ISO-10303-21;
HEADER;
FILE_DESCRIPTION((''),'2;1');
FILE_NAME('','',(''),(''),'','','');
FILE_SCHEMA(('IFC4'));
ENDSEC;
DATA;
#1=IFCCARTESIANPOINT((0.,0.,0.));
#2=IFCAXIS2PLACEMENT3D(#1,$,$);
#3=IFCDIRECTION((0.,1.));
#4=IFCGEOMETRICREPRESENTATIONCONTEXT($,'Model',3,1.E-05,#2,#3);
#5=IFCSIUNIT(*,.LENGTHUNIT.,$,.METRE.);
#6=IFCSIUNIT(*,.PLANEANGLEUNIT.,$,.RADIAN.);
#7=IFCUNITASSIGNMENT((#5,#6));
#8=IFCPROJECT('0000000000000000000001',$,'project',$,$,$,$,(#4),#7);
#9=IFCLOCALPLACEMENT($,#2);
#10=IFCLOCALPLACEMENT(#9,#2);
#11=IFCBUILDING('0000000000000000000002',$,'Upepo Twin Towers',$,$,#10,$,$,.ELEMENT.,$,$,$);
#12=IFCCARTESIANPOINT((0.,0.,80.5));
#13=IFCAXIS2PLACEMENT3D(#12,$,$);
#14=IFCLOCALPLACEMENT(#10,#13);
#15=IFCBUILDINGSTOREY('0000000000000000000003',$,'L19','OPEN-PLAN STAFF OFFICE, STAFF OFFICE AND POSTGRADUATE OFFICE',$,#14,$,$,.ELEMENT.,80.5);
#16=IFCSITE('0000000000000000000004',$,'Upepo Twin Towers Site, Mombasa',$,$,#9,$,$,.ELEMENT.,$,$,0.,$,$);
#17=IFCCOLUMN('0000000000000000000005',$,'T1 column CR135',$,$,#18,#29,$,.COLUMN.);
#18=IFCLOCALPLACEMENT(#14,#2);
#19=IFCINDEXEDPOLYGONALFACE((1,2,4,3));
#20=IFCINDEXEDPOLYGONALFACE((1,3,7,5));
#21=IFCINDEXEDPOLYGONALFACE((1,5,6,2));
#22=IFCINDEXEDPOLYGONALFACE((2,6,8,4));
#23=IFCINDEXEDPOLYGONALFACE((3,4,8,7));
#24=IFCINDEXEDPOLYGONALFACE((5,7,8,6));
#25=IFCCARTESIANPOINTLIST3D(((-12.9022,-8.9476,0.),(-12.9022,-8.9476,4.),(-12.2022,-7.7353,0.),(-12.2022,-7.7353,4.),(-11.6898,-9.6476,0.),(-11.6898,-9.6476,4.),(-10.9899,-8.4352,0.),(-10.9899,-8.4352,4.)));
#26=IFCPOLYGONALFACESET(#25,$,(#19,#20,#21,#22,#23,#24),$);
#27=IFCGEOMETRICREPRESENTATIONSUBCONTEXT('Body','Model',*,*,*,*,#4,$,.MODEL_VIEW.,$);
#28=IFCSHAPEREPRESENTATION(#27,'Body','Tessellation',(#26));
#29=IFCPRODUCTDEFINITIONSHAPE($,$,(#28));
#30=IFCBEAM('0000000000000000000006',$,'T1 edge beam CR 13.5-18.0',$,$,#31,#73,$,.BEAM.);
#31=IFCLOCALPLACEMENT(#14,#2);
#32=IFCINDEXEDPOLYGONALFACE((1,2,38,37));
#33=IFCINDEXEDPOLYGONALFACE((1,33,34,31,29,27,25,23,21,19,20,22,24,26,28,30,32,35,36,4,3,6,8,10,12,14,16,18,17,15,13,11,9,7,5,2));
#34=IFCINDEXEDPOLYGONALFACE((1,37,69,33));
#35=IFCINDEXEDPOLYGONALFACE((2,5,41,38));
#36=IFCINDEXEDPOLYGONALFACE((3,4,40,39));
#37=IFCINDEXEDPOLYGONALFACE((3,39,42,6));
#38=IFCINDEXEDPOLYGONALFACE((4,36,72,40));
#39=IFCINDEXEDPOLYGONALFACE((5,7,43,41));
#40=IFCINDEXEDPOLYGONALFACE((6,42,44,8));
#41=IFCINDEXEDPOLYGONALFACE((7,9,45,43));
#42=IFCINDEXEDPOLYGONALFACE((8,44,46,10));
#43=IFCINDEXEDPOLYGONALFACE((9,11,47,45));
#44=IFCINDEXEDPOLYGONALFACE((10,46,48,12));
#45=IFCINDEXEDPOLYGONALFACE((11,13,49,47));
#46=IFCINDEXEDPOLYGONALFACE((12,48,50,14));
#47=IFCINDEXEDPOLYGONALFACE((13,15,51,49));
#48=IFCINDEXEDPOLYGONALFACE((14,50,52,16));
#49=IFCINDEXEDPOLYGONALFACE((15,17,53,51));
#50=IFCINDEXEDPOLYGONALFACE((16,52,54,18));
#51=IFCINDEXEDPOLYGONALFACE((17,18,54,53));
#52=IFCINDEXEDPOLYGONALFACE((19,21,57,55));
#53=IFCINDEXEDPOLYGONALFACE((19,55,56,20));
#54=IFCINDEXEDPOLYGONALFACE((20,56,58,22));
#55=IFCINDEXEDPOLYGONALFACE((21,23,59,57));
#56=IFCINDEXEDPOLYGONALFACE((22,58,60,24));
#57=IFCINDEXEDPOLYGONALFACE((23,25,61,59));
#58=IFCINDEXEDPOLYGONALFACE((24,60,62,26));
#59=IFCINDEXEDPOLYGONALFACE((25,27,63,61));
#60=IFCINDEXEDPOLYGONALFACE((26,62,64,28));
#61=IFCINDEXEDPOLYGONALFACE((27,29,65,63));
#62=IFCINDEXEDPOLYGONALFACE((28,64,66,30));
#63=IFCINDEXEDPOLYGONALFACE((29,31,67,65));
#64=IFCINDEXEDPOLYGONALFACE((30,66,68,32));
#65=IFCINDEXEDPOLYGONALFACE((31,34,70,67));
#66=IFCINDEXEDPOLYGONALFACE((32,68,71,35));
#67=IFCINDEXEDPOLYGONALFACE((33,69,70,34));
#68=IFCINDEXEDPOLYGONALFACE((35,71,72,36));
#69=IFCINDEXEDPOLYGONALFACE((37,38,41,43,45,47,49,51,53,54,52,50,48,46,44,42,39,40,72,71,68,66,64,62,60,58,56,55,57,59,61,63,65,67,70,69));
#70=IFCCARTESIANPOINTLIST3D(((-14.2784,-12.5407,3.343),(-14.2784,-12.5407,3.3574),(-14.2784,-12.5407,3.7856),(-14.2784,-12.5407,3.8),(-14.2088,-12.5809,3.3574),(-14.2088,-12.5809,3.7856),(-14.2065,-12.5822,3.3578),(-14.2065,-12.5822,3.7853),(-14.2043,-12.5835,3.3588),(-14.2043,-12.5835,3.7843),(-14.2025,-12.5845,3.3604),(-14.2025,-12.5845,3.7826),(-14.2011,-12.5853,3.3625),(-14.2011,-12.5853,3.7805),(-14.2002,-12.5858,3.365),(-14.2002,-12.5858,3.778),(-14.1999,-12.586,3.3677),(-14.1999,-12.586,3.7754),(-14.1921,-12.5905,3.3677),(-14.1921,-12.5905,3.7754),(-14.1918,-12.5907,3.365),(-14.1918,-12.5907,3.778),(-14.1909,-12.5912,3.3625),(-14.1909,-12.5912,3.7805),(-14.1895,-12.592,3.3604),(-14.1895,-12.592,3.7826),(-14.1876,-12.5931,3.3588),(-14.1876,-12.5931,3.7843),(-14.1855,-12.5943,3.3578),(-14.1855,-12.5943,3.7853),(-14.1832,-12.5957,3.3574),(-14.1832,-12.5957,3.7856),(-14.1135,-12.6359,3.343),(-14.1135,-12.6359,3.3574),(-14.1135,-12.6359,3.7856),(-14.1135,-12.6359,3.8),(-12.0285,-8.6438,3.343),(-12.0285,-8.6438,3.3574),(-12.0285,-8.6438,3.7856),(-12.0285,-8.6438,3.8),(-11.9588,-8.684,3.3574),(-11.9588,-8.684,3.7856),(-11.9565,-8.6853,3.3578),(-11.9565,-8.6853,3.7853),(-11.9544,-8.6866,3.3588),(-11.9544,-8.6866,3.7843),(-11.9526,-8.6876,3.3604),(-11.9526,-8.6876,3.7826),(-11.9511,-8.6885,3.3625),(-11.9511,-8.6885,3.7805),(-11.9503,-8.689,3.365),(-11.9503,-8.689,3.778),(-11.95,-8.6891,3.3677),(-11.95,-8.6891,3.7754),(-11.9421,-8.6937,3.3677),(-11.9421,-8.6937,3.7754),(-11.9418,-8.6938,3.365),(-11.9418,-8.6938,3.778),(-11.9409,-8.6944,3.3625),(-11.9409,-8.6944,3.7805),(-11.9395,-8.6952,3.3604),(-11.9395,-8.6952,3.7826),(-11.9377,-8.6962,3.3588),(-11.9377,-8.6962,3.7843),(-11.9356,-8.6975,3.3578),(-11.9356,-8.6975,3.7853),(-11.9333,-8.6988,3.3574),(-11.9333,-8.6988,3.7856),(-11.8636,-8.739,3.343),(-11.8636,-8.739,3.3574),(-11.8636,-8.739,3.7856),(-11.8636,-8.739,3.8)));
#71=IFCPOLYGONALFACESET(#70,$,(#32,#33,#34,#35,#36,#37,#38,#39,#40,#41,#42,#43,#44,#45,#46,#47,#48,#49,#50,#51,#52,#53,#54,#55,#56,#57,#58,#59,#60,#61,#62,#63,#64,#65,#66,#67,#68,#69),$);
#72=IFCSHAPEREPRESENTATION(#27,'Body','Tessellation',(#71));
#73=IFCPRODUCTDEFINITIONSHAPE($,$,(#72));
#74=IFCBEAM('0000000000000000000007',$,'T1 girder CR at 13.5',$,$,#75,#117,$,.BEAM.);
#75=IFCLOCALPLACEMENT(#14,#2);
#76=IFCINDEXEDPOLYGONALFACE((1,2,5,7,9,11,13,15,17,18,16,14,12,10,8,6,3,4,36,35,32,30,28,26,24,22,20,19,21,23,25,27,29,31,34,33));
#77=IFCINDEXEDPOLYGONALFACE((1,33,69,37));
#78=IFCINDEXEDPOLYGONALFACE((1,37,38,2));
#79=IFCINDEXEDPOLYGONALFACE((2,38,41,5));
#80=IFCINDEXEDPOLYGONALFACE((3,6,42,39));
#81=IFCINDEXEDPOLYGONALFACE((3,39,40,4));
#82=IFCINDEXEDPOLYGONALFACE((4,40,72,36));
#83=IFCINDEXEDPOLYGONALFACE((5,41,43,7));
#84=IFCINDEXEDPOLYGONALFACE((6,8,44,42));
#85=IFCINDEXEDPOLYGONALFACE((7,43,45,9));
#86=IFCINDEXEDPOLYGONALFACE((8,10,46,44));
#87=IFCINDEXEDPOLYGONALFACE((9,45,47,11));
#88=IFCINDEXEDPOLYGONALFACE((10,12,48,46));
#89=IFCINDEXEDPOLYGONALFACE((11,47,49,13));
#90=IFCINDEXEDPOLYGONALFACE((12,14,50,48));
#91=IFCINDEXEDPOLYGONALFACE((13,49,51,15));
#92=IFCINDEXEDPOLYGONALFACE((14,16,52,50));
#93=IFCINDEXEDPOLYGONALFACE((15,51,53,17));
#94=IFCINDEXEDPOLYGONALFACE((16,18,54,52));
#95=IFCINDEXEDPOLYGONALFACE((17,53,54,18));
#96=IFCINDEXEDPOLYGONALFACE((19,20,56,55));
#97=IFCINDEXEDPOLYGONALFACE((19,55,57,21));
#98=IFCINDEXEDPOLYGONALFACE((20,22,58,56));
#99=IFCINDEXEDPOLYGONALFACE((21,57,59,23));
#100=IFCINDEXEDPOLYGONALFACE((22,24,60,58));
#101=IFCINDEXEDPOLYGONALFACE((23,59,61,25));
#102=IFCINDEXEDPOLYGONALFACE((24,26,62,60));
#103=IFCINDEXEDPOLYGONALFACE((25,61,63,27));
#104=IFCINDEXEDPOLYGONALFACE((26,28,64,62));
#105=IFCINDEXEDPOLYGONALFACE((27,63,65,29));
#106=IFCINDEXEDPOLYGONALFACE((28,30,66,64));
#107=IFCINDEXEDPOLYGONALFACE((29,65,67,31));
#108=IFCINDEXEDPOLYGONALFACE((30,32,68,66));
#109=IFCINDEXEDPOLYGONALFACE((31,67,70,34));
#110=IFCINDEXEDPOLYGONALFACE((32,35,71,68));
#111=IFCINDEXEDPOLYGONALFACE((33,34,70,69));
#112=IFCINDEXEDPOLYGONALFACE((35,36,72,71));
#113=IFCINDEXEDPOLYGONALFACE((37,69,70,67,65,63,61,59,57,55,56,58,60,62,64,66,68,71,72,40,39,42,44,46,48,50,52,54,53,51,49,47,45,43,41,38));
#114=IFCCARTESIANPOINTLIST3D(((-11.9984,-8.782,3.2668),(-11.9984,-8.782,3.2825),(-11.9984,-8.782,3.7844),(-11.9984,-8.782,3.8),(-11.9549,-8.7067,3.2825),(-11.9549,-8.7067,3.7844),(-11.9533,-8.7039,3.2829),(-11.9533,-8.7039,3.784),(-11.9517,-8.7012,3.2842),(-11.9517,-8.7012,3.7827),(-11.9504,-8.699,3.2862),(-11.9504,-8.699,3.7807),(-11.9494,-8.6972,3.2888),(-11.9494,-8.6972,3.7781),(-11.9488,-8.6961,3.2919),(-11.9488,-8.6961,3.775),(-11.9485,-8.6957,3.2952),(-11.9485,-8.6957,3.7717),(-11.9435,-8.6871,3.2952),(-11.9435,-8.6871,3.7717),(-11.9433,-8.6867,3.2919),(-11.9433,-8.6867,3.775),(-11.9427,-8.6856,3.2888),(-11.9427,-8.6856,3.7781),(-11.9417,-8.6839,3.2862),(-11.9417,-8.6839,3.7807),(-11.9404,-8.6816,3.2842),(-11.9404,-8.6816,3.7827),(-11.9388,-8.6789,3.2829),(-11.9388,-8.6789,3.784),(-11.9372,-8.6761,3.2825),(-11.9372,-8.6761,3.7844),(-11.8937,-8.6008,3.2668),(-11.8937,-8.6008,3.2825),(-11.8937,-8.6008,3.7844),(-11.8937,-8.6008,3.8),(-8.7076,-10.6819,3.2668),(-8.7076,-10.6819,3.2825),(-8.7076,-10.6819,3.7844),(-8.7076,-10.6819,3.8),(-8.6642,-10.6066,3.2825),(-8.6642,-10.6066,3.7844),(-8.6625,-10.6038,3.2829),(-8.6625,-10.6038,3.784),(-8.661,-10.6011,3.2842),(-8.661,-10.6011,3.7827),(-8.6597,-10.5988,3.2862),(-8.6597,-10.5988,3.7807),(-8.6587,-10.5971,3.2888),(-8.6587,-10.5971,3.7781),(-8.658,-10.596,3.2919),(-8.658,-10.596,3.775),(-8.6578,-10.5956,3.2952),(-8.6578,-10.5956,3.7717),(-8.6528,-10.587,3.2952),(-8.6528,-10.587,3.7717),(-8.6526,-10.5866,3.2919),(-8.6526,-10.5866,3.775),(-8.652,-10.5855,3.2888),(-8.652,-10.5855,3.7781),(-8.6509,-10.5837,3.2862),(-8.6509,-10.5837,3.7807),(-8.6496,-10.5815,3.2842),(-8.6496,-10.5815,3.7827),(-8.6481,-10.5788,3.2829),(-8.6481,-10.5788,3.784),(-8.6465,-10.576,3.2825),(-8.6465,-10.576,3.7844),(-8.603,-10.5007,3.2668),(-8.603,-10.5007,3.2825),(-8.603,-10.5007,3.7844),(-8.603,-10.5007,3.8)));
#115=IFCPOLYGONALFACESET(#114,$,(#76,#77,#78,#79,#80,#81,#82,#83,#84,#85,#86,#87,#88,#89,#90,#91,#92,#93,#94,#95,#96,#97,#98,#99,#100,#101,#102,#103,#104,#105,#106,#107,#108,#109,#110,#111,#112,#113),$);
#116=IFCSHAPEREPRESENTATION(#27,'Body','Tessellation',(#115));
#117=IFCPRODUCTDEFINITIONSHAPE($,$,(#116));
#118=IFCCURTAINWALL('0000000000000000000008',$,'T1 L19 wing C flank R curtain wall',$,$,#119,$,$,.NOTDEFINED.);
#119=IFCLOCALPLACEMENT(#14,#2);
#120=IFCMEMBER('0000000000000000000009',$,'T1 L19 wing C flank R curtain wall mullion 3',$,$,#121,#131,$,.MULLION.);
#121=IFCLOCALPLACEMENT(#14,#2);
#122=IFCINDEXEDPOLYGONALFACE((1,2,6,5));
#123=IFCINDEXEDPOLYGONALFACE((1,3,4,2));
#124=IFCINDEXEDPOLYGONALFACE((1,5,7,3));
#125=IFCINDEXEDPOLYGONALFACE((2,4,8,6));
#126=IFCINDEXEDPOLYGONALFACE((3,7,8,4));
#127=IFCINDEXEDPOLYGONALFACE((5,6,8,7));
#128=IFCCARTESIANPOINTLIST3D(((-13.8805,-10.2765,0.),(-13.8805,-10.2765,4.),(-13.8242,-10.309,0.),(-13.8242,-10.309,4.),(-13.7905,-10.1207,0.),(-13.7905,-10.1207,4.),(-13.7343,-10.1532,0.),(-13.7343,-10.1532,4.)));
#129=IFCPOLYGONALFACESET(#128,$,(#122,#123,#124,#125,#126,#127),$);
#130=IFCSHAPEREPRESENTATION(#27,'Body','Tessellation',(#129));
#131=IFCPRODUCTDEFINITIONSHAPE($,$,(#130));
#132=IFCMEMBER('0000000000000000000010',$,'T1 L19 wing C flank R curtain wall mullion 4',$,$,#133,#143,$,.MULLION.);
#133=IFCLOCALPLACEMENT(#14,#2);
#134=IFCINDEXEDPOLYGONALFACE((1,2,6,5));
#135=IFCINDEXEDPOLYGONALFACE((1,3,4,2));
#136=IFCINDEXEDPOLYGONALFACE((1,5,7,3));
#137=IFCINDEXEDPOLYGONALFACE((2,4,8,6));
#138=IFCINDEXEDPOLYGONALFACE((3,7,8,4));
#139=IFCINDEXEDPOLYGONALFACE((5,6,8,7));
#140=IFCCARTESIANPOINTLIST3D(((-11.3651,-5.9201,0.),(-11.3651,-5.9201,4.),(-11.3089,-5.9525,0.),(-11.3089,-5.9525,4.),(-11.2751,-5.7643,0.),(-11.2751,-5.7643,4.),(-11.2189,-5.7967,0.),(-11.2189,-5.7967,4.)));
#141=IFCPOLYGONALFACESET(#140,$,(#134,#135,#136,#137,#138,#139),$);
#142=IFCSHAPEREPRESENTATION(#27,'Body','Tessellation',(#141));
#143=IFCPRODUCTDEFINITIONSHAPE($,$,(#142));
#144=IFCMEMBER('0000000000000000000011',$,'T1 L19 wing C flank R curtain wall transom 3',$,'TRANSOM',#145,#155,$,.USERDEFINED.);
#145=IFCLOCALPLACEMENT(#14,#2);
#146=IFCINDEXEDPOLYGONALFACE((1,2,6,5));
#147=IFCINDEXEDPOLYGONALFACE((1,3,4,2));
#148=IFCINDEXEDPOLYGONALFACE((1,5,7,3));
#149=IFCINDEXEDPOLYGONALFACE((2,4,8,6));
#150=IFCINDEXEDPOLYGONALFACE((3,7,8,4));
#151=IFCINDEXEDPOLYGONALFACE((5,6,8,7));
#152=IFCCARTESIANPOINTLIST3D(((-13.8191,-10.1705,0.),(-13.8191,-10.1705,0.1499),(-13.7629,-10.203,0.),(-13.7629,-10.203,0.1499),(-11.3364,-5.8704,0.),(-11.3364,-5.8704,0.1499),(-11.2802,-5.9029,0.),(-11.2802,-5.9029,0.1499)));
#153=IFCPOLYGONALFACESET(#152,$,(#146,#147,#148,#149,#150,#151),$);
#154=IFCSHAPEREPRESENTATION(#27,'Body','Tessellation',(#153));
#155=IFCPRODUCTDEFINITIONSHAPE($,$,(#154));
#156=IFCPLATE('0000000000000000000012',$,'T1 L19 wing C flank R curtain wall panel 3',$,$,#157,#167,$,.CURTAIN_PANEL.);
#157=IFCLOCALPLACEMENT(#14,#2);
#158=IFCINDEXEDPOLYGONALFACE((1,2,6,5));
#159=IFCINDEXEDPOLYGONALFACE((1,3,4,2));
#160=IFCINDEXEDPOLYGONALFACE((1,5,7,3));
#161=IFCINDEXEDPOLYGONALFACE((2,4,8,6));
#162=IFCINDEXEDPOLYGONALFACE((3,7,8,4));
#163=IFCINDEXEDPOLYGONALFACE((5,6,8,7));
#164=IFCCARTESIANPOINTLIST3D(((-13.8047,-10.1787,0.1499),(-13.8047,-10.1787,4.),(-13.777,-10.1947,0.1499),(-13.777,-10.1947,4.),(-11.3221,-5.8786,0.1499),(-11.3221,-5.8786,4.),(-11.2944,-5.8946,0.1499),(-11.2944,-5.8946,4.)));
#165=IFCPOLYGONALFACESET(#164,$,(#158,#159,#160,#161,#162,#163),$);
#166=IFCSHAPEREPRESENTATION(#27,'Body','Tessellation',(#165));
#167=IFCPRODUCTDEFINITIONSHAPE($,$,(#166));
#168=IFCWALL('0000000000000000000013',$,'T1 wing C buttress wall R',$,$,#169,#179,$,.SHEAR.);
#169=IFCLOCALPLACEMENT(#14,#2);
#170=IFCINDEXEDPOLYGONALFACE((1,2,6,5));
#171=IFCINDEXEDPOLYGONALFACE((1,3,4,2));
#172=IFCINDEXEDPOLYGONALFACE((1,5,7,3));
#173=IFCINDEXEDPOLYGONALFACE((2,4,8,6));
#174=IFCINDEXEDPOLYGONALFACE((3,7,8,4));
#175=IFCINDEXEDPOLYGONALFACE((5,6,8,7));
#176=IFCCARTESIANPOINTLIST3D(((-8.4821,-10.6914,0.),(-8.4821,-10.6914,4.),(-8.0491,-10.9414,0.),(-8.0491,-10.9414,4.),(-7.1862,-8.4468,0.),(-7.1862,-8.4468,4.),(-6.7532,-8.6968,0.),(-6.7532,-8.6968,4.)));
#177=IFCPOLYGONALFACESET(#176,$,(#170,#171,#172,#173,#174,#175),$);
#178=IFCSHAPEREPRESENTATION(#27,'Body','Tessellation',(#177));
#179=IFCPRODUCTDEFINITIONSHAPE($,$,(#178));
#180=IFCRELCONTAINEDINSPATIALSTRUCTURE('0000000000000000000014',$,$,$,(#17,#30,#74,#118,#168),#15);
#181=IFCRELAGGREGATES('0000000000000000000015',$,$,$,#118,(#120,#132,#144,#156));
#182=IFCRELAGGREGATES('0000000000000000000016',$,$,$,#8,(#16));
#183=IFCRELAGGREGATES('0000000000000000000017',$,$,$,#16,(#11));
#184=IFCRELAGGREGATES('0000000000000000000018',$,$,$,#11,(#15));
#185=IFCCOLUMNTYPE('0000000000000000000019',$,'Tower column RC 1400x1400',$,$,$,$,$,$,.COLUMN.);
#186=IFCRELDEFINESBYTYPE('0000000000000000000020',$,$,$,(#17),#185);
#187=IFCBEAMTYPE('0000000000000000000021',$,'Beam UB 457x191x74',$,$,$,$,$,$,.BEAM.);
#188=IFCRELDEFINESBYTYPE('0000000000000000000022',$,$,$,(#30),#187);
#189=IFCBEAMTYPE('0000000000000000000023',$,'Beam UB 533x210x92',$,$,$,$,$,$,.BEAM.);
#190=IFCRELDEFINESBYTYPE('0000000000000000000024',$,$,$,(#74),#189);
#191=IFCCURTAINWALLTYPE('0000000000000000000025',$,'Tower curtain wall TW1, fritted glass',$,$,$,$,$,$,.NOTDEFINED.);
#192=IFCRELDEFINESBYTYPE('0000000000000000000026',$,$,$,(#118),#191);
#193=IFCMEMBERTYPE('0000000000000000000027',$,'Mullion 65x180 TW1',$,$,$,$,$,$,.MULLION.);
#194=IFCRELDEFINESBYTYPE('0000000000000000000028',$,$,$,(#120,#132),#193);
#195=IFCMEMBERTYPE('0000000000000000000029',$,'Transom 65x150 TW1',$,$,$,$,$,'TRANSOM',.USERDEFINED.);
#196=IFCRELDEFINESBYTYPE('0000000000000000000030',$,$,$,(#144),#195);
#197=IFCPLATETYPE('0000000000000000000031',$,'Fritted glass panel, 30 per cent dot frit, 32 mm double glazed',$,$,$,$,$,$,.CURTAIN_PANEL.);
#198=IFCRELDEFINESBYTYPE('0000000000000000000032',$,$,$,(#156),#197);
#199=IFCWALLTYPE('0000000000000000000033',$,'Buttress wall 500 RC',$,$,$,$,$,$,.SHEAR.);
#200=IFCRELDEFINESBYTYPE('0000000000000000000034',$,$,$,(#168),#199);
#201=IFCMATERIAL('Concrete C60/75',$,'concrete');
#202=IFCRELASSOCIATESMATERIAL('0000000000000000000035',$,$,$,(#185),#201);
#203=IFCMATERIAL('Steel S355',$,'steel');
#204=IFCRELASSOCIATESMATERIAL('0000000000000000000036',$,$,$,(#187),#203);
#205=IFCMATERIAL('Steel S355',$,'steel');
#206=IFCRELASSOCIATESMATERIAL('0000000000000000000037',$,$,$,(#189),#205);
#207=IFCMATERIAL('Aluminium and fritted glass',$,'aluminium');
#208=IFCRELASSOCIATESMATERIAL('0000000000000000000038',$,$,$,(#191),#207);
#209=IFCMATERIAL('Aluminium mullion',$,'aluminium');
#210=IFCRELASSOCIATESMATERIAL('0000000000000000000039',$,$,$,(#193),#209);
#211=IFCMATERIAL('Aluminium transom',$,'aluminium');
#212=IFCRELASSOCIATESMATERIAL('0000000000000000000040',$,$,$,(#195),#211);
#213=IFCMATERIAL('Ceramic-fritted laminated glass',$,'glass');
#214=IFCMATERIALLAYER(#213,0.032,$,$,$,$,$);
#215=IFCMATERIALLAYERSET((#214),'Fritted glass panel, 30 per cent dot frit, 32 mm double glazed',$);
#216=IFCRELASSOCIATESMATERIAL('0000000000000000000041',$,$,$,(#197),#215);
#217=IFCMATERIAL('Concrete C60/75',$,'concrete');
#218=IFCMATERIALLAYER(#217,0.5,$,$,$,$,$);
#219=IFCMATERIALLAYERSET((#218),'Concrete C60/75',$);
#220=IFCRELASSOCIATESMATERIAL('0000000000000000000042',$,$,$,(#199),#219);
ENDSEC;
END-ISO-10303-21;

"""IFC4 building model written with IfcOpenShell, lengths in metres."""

from ifc_helpers import new_model, si_unit, direction, frame, frame_2d, origin, origin_2d, place, context, subcontext, project, spatial, rectangle, i_section, extrude, material, layer, layer_set, material_profile, profile_set, type_object, element, aggregate, save


model = new_model("IFC4")

# Units and contexts
model_context = context("Model", 3, precision=1e-05, world=origin(), true_north=direction((0.0, 1.0)))
body_context = subcontext(model_context, "Body", "Model", "MODEL_VIEW")
ifc_project = project(units=[si_unit("LENGTHUNIT", "METRE"), si_unit("PLANEANGLEUNIT", "RADIAN")], contexts=[model_context])

# Site, building, storey
site_placement = place(None, origin())
site = spatial("IfcSite", under=ifc_project, at=site_placement, Name="Upepo Twin Towers Site, Mombasa", CompositionType="ELEMENT", RefElevation=0.0)
building_placement = place(site_placement, origin())
building = spatial("IfcBuilding", under=site, at=building_placement, Name="Upepo Twin Towers", CompositionType="ELEMENT")
storey_placement = place(building_placement, frame((0.0, 0.0, 80.5)))
storey = spatial("IfcBuildingStorey", under=building, at=storey_placement, Name="L19", Description="OPEN-PLAN STAFF OFFICE, STAFF OFFICE AND POSTGRADUATE OFFICE", CompositionType="ELEMENT", Elevation=80.5)

# Column
ifc_material_1 = material(Name="Concrete C60/75", Category="concrete")
ifc_material_profile_1 = material_profile(ifc_material_1, rectangle(XDim=1.3999, YDim=1.3999, at=origin_2d()), Name="RC 1400x1400")
ifc_profile_set_1 = profile_set([ifc_material_profile_1], Name="Concrete C60/75")
column_type = type_object("IfcColumnType", Name="Tower column RC 1400x1400", PredefinedType="COLUMN", material=ifc_profile_set_1)
column_placement = place(storey_placement, frame((-11.946, -8.6914, 0.0), z_axis=(0.0, 0.0, 1.0), x_axis=(0.5, 0.866025, 0.0)))
element("IfcColumn", 1, at=column_placement, inside=storey, type_object=column_type, Name="T1 column CR135", PredefinedType="COLUMN", context=body_context, shape_type="SweptSolid", body=[
    extrude(rectangle(XDim=1.3999, YDim=1.3999, at=origin_2d()), origin(), (0.0, 0.0, 1.0), 4.0),
])

# Beams
ifc_material_2 = material(Name="Steel S355", Category="steel")
ifc_material_profile_2 = material_profile(ifc_material_2, i_section(OverallWidth=0.1904, OverallDepth=0.457, WebThickness=0.009, FlangeThickness=0.0144, FilletRadius=0.0103, at=origin_2d()), Name="UB 457x191x74")
ifc_profile_set_2 = profile_set([ifc_material_profile_2], Name="Steel S355")
beam_type_1 = type_object("IfcBeamType", Name="Beam UB 457x191x74", PredefinedType="BEAM", material=ifc_profile_set_2)
beam_1_placement = place(storey_placement, frame((-11.946, -8.6914, 3.5715), z_axis=(-0.500014, -0.866018, 0.0), x_axis=(0.866018, -0.500014, 0.0)))
element("IfcBeam", 2, at=beam_1_placement, inside=storey, type_object=beam_type_1, Name="T1 edge beam CR 13.5-18.0", PredefinedType="BEAM", context=body_context, shape_type="SweptSolid", body=[
    extrude(i_section(OverallWidth=0.1904, OverallDepth=0.457, WebThickness=0.009, FlangeThickness=0.0144, FilletRadius=0.0103, at=origin_2d()), origin(), (0.0, 0.0, 1.0), 4.4998),
])
ifc_material_3 = material(Name="Steel S355", Category="steel")
ifc_material_profile_3 = material_profile(ifc_material_3, i_section(OverallWidth=0.2092, OverallDepth=0.5332, WebThickness=0.01, FlangeThickness=0.0156, FilletRadius=0.0127, at=origin_2d()), Name="UB 533x210x92")
ifc_profile_set_3 = profile_set([ifc_material_profile_3], Name="Steel S355")
beam_type_2 = type_object("IfcBeamType", Name="Beam UB 533x210x92", PredefinedType="BEAM", material=ifc_profile_set_3)
beam_2_placement = place(storey_placement, frame((-11.946, -8.6914, 3.5334), z_axis=(0.866028, -0.499995, 0.0), x_axis=(0.499995, 0.866028, 0.0)))
element("IfcBeam", 3, at=beam_2_placement, inside=storey, type_object=beam_type_2, Name="T1 girder CR at 13.5", PredefinedType="BEAM", context=body_context, shape_type="SweptSolid", body=[
    extrude(i_section(OverallWidth=0.2092, OverallDepth=0.5332, WebThickness=0.01, FlangeThickness=0.0156, FilletRadius=0.0127, at=origin_2d()), origin(), (0.0, 0.0, 1.0), 3.7998),
])

# Curtain wall, members, plate
ifc_material_4 = material(Name="Aluminium and fritted glass", Category="aluminium")
curtain_wall_type = type_object("IfcCurtainWallType", Name="Tower curtain wall TW1, fritted glass", PredefinedType="NOTDEFINED", material=ifc_material_4)
curtain_wall_placement = place(storey_placement, origin())
curtain_wall = element("IfcCurtainWall", 4, at=curtain_wall_placement, inside=storey, type_object=curtain_wall_type, Name="T1 L19 wing C flank R curtain wall", PredefinedType="NOTDEFINED")
ifc_material_5 = material(Name="Aluminium mullion", Category="aluminium")
ifc_material_profile_4 = material_profile(ifc_material_5, rectangle(XDim=0.0649, YDim=0.1799, at=origin_2d()), Name="MULLION 65x180")
ifc_profile_set_4 = profile_set([ifc_material_profile_4], Name="Aluminium mullion")
member_type_1 = type_object("IfcMemberType", Name="Mullion 65x180 TW1", PredefinedType="MULLION", material=ifc_profile_set_4)
member_1_placement = place(storey_placement, frame((-13.8074, -10.2148, 0.0), z_axis=(0.0, 0.0, 1.0), x_axis=(-0.866025, 0.5, 0.0)))
member_1 = element("IfcMember", 5, at=member_1_placement, type_object=member_type_1, Name="T1 L19 wing C flank R curtain wall mullion 3", PredefinedType="MULLION", context=body_context, shape_type="SweptSolid", body=[
    extrude(rectangle(XDim=0.0649, YDim=0.1799, at=origin_2d()), origin(), (0.0, 0.0, 1.0), 4.0),
])
member_2_placement = place(storey_placement, frame((-11.292, -5.8584, 0.0), z_axis=(0.0, 0.0, 1.0), x_axis=(-0.866025, 0.5, 0.0)))
member_2 = element("IfcMember", 6, at=member_2_placement, type_object=member_type_1, Name="T1 L19 wing C flank R curtain wall mullion 4", PredefinedType="MULLION", context=body_context, shape_type="SweptSolid", body=[
    extrude(rectangle(XDim=0.0649, YDim=0.1799, at=origin_2d()), origin(), (0.0, 0.0, 1.0), 4.0),
])
ifc_material_6 = material(Name="Aluminium transom", Category="aluminium")
ifc_material_profile_5 = material_profile(ifc_material_6, rectangle(XDim=0.0649, YDim=0.1499, at=origin_2d()), Name="TRANSOM 65x150")
ifc_profile_set_5 = profile_set([ifc_material_profile_5], Name="Aluminium transom")
member_type_2 = type_object("IfcMemberType", Name="Transom 65x150 TW1", ElementType="TRANSOM", PredefinedType="USERDEFINED", material=ifc_profile_set_5)
member_3_placement = place(storey_placement, frame((-13.791, -10.1868, 0.075), z_axis=(0.500005, 0.866023, 0.0), x_axis=(-0.866023, 0.500005, 0.0)))
member_3 = element("IfcMember", 7, at=member_3_placement, type_object=member_type_2, Name="T1 L19 wing C flank R curtain wall transom 3", ObjectType="TRANSOM", PredefinedType="USERDEFINED", context=body_context, shape_type="SweptSolid", body=[
    extrude(rectangle(XDim=0.0649, YDim=0.1499, at=origin_2d()), origin(), (0.0, 0.0, 1.0), 4.9653),
])
ifc_material_7 = material(Name="Ceramic-fritted laminated glass", Category="glass")
ifc_layer_1 = layer(ifc_material_7, 0.032)
ifc_layer_set_1 = layer_set([ifc_layer_1], Name="Fritted glass panel, 30 per cent dot frit, 32 mm double glazed")
plate_type = type_object("IfcPlateType", Name="Fritted glass panel, 30 per cent dot frit, 32 mm double glazed", PredefinedType="CURTAIN_PANEL", material=ifc_layer_set_1)
plate_placement = place(storey_placement, frame((-12.5496, -8.0366, 0.1499), z_axis=(0.0, 0.0, 1.0), x_axis=(0.5, 0.866025, 0.0)))
plate = element("IfcPlate", 8, at=plate_placement, type_object=plate_type, Name="T1 L19 wing C flank R curtain wall panel 3", PredefinedType="CURTAIN_PANEL", context=body_context, shape_type="SweptSolid", body=[
    extrude(rectangle(XDim=4.9653, YDim=0.032, at=origin_2d()), origin(), (0.0, 0.0, 1.0), 3.8501),
])
aggregate(curtain_wall, [member_1, member_2, member_3, plate])

# Wall
ifc_material_8 = material(Name="Concrete C60/75", Category="concrete")
ifc_layer_2 = layer(ifc_material_8, 0.5)
ifc_layer_set_2 = layer_set([ifc_layer_2], Name="Concrete C60/75")
wall_type_1 = type_object("IfcWallType", Name="Buttress wall 500 RC", PredefinedType="SHEAR", material=ifc_layer_set_2)
wall_1_placement = place(storey_placement, frame((-6.9697, -8.5718, 0.0), z_axis=(0.0, 0.0, 1.0), x_axis=(-0.499989, -0.866032, 0.0)))
element("IfcWall", 9, at=wall_1_placement, inside=storey, type_object=wall_type_1, Name="T1 wing C buttress wall R", PredefinedType="SHEAR", context=body_context, shape_type="SweptSolid", body=[
    extrude(rectangle(XDim=2.5918, YDim=0.5, at=frame_2d((1.2959, 0.0))), origin(), (0.0, 0.0, 1.0), 4.0),
])

save(model, "model.ifc")
